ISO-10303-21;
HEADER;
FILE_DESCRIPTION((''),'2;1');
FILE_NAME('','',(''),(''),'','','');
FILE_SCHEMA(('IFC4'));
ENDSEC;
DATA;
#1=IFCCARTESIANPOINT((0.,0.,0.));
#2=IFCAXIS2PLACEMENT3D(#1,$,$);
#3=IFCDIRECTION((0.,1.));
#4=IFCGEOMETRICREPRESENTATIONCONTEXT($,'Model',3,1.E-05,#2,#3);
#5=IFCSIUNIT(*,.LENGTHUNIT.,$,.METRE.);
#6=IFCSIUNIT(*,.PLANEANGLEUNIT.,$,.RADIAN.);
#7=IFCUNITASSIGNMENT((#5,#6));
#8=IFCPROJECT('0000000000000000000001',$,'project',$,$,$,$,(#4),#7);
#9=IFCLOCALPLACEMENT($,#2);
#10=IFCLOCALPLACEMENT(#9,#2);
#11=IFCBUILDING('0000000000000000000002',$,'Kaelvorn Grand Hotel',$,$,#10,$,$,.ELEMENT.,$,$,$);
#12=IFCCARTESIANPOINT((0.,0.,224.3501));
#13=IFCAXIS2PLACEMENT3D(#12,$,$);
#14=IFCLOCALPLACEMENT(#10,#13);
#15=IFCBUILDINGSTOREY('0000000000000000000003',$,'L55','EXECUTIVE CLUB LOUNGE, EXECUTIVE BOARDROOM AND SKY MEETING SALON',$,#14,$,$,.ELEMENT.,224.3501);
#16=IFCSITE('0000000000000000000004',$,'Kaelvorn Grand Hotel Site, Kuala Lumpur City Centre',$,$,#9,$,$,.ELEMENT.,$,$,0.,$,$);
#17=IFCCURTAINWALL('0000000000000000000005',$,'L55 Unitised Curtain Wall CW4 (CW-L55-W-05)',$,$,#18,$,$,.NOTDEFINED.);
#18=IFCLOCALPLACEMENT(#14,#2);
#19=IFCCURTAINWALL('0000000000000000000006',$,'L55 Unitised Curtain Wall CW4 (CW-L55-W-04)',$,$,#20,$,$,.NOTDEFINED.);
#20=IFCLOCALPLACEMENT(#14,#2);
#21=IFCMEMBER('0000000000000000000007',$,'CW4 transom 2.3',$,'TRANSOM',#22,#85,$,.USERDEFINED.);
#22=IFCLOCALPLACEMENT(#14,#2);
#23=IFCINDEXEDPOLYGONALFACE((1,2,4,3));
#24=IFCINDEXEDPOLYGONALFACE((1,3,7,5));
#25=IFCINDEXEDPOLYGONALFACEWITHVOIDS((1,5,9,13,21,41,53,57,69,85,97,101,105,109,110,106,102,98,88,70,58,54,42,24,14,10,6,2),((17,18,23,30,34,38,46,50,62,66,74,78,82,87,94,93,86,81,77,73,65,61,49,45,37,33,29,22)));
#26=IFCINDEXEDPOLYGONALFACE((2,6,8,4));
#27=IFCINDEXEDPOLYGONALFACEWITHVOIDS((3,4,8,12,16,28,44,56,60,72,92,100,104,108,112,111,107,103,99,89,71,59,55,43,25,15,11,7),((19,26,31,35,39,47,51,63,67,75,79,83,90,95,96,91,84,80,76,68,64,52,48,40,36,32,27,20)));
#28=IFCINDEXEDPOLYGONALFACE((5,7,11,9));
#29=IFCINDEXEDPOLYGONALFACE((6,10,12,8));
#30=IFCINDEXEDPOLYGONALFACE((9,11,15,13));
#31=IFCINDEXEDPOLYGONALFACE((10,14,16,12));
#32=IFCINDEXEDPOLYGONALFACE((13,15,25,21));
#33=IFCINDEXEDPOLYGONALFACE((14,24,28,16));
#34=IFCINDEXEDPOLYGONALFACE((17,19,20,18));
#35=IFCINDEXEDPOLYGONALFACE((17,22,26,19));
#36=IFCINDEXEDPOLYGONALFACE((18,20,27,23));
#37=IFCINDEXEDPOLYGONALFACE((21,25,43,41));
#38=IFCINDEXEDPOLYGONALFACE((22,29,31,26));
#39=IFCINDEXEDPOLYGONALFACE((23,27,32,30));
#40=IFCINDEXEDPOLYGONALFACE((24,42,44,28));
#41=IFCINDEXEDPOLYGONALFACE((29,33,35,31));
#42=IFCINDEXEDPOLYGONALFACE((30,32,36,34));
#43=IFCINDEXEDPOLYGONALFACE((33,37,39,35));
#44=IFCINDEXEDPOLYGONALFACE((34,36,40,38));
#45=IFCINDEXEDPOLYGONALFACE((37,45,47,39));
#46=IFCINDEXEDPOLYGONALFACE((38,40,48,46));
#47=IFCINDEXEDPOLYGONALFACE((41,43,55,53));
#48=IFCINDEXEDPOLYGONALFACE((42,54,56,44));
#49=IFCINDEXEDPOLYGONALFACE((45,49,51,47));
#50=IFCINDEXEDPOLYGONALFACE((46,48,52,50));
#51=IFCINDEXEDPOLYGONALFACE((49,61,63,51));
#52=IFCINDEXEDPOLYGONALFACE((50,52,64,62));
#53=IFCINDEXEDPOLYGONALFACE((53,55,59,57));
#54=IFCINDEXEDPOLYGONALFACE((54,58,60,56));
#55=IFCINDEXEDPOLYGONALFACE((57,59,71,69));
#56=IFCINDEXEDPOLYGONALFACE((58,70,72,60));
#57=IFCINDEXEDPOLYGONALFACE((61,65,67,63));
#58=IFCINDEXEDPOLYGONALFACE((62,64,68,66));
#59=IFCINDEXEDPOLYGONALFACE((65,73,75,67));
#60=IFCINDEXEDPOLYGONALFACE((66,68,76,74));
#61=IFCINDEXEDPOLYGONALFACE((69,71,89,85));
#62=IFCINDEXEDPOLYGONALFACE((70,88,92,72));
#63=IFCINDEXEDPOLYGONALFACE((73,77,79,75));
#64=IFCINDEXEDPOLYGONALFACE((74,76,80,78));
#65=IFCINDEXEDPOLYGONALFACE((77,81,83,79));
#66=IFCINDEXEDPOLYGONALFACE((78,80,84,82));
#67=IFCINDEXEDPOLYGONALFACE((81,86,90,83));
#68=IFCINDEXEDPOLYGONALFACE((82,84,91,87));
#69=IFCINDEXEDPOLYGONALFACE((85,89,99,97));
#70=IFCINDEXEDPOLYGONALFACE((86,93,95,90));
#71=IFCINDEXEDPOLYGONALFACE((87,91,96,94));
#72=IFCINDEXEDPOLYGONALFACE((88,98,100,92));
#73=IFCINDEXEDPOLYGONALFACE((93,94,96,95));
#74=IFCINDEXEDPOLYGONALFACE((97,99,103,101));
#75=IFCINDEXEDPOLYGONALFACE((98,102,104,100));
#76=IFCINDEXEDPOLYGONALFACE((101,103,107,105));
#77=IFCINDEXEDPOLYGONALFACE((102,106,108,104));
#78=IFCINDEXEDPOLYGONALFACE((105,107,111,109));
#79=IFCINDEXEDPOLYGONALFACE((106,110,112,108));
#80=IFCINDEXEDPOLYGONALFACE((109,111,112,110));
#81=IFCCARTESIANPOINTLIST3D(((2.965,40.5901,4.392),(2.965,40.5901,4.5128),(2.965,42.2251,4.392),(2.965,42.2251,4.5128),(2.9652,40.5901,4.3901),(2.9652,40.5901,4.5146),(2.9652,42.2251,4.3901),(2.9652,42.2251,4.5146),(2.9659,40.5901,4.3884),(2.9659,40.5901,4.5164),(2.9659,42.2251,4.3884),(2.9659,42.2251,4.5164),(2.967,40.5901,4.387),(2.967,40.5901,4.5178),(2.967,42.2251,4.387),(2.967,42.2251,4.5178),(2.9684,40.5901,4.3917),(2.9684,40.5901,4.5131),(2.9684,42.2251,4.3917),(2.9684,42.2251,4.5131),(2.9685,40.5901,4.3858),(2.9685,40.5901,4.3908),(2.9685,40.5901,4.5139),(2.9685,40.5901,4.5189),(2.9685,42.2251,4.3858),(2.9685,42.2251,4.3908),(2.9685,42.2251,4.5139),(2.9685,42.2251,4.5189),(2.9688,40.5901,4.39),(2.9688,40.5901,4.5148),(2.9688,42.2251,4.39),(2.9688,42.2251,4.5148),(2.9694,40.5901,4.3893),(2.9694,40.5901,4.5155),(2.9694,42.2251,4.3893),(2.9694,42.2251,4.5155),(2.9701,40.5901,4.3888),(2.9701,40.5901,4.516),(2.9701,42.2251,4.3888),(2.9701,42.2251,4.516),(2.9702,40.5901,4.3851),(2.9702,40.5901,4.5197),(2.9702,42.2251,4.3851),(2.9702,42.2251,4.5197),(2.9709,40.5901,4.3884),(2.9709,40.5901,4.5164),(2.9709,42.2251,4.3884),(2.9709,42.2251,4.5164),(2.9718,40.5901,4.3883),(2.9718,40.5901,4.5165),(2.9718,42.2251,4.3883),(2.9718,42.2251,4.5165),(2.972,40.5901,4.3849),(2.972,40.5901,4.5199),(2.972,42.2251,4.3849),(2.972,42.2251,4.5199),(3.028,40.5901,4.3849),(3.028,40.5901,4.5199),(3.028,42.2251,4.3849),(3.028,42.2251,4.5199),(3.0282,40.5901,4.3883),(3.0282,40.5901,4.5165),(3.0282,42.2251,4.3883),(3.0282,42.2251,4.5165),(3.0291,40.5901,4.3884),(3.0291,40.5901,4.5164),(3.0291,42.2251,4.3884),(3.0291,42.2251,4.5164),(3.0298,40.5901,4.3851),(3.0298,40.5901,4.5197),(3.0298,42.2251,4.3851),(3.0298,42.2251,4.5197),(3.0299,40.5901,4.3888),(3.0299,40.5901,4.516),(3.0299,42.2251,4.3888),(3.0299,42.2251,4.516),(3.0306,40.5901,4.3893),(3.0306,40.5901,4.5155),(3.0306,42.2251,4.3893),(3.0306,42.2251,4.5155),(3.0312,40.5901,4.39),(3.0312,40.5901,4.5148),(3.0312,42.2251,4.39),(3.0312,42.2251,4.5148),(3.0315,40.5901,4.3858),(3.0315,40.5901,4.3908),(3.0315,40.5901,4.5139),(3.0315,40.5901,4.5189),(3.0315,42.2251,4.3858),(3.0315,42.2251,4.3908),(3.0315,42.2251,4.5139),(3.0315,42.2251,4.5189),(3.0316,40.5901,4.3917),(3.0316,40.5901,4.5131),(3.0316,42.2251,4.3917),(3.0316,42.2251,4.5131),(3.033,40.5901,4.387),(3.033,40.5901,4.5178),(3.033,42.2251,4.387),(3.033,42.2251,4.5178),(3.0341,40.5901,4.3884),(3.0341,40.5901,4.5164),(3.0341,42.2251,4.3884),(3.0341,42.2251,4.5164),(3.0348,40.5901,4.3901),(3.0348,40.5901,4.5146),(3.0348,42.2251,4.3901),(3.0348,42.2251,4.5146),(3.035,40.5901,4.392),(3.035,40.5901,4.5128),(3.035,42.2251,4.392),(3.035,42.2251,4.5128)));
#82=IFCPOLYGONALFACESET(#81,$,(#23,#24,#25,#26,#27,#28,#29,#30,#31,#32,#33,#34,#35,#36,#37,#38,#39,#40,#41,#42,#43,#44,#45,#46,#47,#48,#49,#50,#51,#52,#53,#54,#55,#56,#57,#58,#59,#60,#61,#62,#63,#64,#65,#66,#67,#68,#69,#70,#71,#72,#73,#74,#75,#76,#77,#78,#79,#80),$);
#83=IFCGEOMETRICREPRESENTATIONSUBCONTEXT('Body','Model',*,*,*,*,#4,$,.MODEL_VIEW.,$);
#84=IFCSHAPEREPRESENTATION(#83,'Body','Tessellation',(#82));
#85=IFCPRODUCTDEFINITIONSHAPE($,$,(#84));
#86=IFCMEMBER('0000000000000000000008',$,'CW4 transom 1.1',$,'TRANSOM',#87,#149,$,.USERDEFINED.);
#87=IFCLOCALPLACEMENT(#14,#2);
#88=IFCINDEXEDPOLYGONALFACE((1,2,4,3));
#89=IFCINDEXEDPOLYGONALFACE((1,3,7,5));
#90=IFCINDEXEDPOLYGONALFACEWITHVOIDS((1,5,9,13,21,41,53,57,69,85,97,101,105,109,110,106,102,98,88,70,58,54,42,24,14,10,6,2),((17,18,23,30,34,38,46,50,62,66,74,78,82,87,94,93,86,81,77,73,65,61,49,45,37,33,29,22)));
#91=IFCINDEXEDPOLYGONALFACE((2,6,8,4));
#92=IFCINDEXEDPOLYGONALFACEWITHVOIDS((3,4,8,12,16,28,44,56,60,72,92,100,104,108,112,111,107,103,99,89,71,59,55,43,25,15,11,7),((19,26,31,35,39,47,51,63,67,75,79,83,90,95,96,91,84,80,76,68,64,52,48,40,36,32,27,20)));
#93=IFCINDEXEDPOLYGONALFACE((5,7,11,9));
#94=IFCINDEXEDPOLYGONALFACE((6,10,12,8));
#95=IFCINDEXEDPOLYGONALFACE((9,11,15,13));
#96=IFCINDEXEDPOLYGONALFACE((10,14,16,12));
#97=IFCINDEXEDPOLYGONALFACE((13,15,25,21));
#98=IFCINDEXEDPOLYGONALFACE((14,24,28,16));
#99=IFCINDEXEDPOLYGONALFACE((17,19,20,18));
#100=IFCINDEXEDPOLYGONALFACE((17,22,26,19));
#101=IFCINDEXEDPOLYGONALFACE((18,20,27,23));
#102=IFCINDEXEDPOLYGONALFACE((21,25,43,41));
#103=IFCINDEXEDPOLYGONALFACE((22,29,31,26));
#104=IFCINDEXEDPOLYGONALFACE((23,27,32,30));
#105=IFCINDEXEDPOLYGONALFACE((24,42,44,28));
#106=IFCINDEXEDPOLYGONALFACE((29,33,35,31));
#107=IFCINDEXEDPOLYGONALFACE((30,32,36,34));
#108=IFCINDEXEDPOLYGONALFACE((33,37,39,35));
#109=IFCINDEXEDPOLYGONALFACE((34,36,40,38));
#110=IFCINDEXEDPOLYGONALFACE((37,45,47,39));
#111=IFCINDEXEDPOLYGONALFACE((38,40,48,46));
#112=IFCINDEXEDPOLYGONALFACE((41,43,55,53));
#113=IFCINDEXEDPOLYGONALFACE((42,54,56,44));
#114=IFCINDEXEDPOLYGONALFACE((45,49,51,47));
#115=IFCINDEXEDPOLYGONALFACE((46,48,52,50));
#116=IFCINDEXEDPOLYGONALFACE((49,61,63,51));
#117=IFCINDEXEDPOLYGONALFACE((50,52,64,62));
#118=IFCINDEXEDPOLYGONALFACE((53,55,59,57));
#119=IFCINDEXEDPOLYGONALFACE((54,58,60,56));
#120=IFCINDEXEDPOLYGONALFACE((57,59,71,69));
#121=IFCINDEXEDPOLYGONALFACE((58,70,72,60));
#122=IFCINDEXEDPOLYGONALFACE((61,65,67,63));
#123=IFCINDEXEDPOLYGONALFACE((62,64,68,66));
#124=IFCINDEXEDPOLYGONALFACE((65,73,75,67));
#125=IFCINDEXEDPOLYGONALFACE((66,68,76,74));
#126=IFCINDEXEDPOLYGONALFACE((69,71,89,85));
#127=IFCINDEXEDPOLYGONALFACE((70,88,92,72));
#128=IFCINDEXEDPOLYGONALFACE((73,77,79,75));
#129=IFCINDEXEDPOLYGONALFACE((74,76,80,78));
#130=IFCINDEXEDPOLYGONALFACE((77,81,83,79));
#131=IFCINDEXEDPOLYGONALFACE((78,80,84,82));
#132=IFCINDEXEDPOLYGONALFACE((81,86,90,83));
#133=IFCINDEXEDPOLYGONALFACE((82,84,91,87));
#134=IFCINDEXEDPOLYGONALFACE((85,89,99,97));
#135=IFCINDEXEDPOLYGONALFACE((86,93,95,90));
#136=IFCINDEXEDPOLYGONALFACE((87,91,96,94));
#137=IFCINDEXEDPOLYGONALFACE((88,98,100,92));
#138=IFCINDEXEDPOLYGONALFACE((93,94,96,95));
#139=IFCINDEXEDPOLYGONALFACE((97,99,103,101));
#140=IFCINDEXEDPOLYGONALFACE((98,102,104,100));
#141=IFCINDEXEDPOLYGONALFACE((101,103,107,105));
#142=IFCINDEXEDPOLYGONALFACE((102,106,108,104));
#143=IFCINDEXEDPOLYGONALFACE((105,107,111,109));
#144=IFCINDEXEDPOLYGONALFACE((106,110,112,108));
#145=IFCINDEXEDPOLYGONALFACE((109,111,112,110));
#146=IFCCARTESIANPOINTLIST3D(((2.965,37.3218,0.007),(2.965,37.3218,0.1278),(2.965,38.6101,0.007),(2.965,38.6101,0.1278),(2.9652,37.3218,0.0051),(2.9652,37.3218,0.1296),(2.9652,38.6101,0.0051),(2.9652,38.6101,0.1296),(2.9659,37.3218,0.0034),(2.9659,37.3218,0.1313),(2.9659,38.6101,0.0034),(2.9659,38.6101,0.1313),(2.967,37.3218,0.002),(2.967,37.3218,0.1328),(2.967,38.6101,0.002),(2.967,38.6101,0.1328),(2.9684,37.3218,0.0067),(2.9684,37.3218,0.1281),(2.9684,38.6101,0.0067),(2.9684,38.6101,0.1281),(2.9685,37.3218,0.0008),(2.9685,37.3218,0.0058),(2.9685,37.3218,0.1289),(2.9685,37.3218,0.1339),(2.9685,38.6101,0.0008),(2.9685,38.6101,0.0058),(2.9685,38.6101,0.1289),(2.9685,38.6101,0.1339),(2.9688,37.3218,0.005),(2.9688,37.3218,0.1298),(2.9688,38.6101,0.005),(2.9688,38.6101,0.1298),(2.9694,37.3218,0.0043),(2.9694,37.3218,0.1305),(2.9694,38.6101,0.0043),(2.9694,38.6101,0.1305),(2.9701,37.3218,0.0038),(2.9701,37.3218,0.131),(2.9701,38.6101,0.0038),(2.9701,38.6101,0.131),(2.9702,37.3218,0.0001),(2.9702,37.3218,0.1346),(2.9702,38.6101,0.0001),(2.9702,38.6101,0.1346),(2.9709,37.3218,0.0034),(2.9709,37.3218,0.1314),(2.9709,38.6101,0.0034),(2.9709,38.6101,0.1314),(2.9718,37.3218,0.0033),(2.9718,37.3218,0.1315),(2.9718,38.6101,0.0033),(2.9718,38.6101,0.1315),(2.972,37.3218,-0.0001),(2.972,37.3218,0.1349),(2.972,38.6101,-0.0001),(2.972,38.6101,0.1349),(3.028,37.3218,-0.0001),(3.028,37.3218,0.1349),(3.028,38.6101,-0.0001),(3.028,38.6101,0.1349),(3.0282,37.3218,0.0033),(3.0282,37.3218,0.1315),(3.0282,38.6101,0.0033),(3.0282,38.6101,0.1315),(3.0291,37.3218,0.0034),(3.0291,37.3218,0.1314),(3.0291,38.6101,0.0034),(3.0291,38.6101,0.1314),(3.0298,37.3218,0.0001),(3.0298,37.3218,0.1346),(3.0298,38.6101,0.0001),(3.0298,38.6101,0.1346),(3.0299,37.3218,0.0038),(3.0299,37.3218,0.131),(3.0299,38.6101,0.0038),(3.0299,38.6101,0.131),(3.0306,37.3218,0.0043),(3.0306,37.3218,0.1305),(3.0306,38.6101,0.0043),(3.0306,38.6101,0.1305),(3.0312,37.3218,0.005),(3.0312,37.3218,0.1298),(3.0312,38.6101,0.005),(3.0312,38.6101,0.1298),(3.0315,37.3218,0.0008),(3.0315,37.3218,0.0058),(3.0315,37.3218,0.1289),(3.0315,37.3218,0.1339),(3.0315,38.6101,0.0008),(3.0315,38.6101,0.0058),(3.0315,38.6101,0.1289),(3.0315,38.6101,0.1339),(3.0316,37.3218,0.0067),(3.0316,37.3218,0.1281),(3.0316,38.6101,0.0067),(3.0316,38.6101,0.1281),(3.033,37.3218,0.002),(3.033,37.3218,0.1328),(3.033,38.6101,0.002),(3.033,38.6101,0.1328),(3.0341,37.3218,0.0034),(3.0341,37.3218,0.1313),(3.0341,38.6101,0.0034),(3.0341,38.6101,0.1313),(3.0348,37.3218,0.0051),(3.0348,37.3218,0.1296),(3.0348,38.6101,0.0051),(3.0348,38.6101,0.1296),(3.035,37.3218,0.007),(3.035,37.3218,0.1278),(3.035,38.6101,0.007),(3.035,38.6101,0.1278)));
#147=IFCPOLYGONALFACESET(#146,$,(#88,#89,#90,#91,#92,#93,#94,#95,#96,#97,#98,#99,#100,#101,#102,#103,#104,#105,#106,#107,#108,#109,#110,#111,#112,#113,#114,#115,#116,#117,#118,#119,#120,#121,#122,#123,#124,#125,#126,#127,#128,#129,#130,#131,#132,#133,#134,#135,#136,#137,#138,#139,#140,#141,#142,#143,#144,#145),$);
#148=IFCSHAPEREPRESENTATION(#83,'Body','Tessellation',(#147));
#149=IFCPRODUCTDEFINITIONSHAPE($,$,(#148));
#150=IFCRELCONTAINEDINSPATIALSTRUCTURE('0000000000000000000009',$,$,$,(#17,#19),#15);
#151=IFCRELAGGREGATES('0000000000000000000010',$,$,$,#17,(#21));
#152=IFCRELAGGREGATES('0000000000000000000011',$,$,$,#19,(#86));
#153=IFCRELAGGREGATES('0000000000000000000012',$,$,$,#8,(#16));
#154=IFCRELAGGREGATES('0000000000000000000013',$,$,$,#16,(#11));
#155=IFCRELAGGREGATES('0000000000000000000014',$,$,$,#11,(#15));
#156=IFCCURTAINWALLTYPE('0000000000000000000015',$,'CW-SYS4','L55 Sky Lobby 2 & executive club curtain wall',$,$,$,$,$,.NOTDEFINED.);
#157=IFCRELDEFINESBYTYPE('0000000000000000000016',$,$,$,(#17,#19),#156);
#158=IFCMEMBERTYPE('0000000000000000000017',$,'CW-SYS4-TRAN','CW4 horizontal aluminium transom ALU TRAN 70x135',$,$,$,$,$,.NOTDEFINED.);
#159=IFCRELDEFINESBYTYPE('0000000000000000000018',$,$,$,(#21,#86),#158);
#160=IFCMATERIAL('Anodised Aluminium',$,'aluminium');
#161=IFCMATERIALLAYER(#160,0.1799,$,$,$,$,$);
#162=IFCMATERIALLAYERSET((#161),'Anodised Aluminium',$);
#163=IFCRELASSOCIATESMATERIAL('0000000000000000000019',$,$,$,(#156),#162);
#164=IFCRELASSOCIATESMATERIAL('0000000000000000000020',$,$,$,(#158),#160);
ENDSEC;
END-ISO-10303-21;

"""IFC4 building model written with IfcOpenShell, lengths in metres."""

from ifc_helpers import new_model, si_unit, direction, frame, origin, origin_2d, place, context, subcontext, project, spatial, hollow_rectangle, extrude, material, layer, layer_set, material_profile, profile_set, type_object, element, aggregate, save


model = new_model("IFC4")

# Units and contexts
model_context = context("Model", 3, precision=1e-05, world=origin(), true_north=direction((0.0, 1.0)))
body_context = subcontext(model_context, "Body", "Model", "MODEL_VIEW")
ifc_project = project(units=[si_unit("LENGTHUNIT", "METRE"), si_unit("PLANEANGLEUNIT", "RADIAN")], contexts=[model_context])

# Site, building, storey
site_placement = place(None, origin())
site = spatial("IfcSite", under=ifc_project, at=site_placement, Name="Kaelvorn Grand Hotel Site, Kuala Lumpur City Centre", CompositionType="ELEMENT", RefElevation=0.0)
building_placement = place(site_placement, origin())
building = spatial("IfcBuilding", under=site, at=building_placement, Name="Kaelvorn Grand Hotel", CompositionType="ELEMENT")
storey_placement = place(building_placement, frame((0.0, 0.0, 224.3501)))
storey = spatial("IfcBuildingStorey", under=building, at=storey_placement, Name="L55", Description="EXECUTIVE CLUB LOUNGE, EXECUTIVE BOARDROOM AND SKY MEETING SALON", CompositionType="ELEMENT", Elevation=224.3501)

# Curtain walls
ifc_material_1 = material(Name="Anodised Aluminium", Category="aluminium")
ifc_layer_1 = layer(ifc_material_1, 0.1799)
ifc_layer_set_1 = layer_set([ifc_layer_1], Name="Anodised Aluminium")
curtain_wall_type = type_object("IfcCurtainWallType", Name="CW-SYS4", Description="L55 Sky Lobby 2 & executive club curtain wall", PredefinedType="NOTDEFINED", material=ifc_layer_set_1)
curtain_wall_1_placement = place(storey_placement, origin())
curtain_wall_1 = element("IfcCurtainWall", 1, at=curtain_wall_1_placement, inside=storey, type_object=curtain_wall_type, Name="L55 Unitised Curtain Wall CW4 (CW-L55-W-05)", PredefinedType="NOTDEFINED")
curtain_wall_2_placement = place(storey_placement, origin())
curtain_wall_2 = element("IfcCurtainWall", 2, at=curtain_wall_2_placement, inside=storey, type_object=curtain_wall_type, Name="L55 Unitised Curtain Wall CW4 (CW-L55-W-04)", PredefinedType="NOTDEFINED")

# Members
ifc_material_profile_1 = material_profile(ifc_material_1, hollow_rectangle(XDim=0.0701, YDim=0.135, WallThickness=0.0034, InnerFilletRadius=0.0034, OuterFilletRadius=0.0071, at=origin_2d()), Name="ALU TRAN 70x135")
ifc_profile_set_1 = profile_set([ifc_material_profile_1], Name="Anodised Aluminium")
member_type_1 = type_object("IfcMemberType", Name="CW-SYS4-TRAN", Description="CW4 horizontal aluminium transom ALU TRAN 70x135", PredefinedType="NOTDEFINED", material=ifc_profile_set_1)
member_1_placement = place(storey_placement, frame((3.0, 42.2251, 4.4524), z_axis=(0.0, -1.0, 0.0), x_axis=(1.0, 0.0, 0.0)))
member_1 = element("IfcMember", 3, at=member_1_placement, type_object=member_type_1, Name="CW4 transom 2.3", ObjectType="TRANSOM", PredefinedType="USERDEFINED", context=body_context, shape_type="SweptSolid", body=[
    extrude(hollow_rectangle(XDim=0.0701, YDim=0.135, WallThickness=0.0034, InnerFilletRadius=0.0034, OuterFilletRadius=0.0071, at=origin_2d()), origin(), (0.0, 0.0, 1.0), 1.635),
])
member_2_placement = place(storey_placement, frame((3.0, 38.6101, 0.0674), z_axis=(0.0, -1.0, 0.0), x_axis=(1.0, 0.0, 0.0)))
member_2 = element("IfcMember", 4, at=member_2_placement, type_object=member_type_1, Name="CW4 transom 1.1", ObjectType="TRANSOM", PredefinedType="USERDEFINED", context=body_context, shape_type="SweptSolid", body=[
    extrude(hollow_rectangle(XDim=0.0701, YDim=0.135, WallThickness=0.0034, InnerFilletRadius=0.0034, OuterFilletRadius=0.0071, at=origin_2d()), origin(), (0.0, 0.0, 1.0), 1.2883),
])

aggregate(curtain_wall_1, [member_1])
aggregate(curtain_wall_2, [member_2])

save(model, "model.ifc")
